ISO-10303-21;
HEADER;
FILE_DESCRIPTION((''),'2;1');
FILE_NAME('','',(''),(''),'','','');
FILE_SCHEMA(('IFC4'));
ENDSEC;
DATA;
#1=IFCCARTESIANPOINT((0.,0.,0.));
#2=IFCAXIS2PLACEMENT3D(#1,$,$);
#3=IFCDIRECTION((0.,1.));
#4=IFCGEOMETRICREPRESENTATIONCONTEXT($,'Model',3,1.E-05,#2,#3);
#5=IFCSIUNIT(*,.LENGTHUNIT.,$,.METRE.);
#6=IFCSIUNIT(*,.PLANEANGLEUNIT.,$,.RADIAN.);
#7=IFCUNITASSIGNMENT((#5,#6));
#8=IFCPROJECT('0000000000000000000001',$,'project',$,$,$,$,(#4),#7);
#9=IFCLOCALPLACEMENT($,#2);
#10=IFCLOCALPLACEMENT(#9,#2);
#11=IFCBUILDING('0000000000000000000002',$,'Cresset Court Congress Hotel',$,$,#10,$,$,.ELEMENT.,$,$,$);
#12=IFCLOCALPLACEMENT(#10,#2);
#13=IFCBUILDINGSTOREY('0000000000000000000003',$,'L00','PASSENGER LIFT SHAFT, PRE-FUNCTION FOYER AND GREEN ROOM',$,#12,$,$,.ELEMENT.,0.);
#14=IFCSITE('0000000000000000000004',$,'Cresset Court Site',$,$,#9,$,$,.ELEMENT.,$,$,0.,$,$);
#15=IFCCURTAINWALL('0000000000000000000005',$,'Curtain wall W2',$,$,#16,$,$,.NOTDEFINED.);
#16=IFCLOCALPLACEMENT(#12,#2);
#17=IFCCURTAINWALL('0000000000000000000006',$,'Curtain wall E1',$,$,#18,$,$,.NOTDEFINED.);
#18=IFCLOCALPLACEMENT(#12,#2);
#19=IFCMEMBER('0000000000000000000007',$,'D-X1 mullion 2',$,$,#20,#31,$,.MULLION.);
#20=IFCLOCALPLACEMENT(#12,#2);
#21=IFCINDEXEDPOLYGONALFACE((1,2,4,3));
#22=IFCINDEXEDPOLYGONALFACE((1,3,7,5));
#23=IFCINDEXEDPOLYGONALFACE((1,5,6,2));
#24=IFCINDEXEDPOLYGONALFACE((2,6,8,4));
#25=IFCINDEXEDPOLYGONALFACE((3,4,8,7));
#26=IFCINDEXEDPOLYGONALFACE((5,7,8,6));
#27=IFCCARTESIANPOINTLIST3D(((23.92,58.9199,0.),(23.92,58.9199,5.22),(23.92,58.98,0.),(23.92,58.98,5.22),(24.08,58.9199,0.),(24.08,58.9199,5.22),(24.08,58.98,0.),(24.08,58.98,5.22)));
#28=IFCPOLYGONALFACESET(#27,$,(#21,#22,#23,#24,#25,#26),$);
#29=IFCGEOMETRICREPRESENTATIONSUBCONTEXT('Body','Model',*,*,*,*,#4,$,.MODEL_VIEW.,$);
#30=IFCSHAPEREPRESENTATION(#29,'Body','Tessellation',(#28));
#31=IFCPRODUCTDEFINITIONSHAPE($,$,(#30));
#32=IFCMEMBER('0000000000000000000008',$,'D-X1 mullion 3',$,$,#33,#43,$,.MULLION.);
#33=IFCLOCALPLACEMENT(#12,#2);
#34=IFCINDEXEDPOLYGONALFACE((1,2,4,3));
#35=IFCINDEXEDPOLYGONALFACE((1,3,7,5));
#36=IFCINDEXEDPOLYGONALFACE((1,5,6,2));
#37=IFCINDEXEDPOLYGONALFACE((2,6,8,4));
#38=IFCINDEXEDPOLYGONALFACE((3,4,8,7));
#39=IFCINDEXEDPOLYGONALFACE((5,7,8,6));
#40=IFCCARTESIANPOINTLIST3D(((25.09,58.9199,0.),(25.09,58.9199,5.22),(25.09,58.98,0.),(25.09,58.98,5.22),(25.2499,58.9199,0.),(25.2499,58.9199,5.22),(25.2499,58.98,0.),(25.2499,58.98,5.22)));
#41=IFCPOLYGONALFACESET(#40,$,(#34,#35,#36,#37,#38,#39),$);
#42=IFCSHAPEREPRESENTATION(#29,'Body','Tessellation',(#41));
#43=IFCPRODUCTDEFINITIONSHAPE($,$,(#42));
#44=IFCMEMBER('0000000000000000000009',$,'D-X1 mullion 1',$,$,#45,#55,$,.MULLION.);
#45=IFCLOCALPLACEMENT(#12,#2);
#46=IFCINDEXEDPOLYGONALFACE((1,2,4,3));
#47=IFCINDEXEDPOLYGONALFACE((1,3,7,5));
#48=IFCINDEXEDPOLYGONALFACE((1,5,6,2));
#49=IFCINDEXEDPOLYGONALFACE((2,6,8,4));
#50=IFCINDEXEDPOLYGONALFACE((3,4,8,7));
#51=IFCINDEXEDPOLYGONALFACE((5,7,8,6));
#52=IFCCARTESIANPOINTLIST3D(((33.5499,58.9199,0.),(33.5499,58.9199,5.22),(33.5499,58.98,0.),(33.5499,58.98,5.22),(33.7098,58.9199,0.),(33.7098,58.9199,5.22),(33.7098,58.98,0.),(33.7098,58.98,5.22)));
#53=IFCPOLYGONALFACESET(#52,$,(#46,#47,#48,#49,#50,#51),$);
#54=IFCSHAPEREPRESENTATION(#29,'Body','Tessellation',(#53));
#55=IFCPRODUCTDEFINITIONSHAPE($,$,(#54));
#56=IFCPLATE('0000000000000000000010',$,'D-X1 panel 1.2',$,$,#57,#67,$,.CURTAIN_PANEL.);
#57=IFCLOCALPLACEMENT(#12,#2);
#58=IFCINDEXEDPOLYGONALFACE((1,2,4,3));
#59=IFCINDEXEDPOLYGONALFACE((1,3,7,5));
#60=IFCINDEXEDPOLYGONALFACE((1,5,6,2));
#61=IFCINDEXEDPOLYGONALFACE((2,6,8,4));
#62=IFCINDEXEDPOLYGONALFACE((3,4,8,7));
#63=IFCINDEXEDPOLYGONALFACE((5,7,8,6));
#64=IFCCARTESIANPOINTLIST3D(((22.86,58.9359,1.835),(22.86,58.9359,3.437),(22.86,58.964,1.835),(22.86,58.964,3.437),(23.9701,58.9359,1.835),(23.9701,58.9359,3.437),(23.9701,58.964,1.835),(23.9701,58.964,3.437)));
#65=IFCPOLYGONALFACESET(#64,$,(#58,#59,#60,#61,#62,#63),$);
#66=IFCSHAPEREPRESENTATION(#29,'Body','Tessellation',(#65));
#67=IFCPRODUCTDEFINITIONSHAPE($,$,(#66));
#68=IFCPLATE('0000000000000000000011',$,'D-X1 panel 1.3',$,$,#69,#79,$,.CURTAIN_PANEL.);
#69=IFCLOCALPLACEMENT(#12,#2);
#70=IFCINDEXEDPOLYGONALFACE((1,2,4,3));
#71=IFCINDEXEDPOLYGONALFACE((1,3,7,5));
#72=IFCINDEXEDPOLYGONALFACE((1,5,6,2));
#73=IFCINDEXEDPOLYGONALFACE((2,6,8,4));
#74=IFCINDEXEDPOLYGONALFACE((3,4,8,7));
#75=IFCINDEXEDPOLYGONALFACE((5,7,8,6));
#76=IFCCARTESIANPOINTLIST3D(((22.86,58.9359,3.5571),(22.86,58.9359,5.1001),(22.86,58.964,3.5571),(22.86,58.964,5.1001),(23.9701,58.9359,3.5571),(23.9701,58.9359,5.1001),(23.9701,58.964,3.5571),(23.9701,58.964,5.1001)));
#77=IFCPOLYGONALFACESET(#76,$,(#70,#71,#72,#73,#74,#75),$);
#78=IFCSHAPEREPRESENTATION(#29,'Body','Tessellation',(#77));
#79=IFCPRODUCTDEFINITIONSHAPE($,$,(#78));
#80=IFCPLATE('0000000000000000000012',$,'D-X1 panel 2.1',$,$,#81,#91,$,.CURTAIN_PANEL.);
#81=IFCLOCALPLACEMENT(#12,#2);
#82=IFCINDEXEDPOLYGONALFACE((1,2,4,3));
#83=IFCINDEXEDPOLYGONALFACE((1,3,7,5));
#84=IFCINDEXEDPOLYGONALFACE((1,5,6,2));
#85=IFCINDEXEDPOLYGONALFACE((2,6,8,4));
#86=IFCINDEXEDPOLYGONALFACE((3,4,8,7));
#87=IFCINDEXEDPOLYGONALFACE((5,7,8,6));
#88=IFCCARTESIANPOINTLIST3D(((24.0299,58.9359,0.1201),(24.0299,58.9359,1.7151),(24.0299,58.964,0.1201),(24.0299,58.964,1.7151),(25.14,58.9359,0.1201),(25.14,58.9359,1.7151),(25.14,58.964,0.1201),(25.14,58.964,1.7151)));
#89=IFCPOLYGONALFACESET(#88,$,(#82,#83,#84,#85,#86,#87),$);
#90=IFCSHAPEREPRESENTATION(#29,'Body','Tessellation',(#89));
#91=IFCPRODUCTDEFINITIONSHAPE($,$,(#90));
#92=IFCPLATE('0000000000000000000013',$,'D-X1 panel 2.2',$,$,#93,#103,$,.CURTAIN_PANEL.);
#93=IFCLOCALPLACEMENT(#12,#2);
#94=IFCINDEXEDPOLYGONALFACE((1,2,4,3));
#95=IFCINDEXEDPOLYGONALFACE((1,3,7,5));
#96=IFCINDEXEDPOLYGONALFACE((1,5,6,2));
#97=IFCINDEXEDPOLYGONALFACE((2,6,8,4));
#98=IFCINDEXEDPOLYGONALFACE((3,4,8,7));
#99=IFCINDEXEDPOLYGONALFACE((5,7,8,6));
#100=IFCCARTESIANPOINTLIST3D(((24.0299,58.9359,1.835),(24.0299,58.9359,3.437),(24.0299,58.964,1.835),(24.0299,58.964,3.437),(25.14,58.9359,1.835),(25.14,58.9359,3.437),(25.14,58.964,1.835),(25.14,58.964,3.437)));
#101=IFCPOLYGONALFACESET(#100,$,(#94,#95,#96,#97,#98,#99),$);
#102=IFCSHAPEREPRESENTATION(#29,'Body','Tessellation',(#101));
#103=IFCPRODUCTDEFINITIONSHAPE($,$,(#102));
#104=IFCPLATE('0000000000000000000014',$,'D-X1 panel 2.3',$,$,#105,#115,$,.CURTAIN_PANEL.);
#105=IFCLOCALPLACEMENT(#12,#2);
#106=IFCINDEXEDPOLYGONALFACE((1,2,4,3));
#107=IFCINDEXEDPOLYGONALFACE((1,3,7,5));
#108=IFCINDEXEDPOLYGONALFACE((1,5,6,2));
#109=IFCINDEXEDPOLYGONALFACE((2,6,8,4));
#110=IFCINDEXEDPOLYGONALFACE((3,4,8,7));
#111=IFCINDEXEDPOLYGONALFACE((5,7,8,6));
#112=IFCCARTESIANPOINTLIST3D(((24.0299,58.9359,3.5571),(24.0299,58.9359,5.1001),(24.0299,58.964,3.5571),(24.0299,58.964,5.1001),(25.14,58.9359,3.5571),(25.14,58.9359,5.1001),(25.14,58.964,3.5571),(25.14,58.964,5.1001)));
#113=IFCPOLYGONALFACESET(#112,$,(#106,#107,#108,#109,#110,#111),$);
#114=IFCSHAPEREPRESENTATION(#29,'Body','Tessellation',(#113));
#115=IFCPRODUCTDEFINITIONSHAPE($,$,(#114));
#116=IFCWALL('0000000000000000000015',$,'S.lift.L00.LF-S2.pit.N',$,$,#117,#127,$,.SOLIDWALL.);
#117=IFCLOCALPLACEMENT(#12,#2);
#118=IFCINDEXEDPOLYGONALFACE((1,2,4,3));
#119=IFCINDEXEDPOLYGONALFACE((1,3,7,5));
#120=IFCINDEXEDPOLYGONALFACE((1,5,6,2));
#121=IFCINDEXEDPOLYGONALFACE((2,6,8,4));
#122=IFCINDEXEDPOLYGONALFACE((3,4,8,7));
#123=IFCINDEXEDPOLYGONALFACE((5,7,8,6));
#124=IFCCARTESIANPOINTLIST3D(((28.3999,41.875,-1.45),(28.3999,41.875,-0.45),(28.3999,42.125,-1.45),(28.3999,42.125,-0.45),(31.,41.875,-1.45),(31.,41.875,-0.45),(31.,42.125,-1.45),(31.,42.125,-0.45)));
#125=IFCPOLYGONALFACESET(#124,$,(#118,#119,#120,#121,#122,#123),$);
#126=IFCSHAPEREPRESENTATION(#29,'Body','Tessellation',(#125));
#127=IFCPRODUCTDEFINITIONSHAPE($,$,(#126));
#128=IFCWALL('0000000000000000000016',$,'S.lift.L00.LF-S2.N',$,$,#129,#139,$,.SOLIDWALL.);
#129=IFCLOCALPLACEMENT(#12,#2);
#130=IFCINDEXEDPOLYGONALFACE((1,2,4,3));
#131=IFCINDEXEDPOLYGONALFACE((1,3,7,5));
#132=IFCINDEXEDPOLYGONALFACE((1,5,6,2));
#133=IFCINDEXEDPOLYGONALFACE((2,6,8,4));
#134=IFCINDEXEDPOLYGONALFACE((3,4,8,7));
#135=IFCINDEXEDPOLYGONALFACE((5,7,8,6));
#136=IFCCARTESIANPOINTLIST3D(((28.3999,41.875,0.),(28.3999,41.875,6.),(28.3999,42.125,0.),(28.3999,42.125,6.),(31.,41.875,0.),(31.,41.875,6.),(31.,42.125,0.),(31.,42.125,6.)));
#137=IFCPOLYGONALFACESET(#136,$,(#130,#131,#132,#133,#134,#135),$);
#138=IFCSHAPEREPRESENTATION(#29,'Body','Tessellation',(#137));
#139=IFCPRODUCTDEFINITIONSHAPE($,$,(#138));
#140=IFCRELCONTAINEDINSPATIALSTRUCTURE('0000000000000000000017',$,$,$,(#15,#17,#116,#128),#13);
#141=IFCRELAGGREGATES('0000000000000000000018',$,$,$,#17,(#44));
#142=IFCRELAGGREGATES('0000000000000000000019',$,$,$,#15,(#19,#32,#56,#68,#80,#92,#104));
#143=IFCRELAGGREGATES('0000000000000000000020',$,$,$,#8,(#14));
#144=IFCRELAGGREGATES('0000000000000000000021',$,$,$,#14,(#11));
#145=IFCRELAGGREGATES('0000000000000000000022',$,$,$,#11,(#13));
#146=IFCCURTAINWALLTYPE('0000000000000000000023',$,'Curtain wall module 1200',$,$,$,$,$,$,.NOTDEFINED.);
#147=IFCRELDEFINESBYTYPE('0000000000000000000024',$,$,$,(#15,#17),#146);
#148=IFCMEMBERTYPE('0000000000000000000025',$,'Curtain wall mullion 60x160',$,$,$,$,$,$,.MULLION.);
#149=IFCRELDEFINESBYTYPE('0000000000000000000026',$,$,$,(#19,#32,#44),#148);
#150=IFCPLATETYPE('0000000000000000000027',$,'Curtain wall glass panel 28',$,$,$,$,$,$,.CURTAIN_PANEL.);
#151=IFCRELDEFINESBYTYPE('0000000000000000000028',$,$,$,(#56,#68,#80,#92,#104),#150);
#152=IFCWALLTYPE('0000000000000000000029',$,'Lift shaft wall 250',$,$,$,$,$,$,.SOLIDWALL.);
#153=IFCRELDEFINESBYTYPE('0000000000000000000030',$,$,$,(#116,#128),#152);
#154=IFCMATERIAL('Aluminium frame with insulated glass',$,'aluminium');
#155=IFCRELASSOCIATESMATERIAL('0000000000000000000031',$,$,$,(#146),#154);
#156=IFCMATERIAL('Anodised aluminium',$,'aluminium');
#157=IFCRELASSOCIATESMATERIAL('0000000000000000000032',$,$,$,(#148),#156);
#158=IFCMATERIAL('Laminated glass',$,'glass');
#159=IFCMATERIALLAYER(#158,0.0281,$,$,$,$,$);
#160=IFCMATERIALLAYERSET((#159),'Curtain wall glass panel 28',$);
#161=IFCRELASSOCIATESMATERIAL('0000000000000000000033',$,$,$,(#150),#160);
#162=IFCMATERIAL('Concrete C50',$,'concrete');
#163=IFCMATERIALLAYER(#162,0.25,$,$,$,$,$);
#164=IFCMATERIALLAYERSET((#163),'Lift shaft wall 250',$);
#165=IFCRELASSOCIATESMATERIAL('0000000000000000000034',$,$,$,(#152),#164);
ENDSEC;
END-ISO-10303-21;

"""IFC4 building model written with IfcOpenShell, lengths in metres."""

from ifc_helpers import new_model, si_unit, direction, frame, frame_2d, origin, origin_2d, place, context, subcontext, project, spatial, rectangle, extrude, material, layer, layer_set, material_profile, profile_set, type_object, element, aggregate, save


model = new_model("IFC4")

# Units and contexts
model_context = context("Model", 3, precision=1e-05, world=origin(), true_north=direction((0.0, 1.0)))
body_context = subcontext(model_context, "Body", "Model", "MODEL_VIEW")
ifc_project = project(units=[si_unit("LENGTHUNIT", "METRE"), si_unit("PLANEANGLEUNIT", "RADIAN")], contexts=[model_context])

# Site, building, storey
site_placement = place(None, origin())
site = spatial("IfcSite", under=ifc_project, at=site_placement, Name="Cresset Court Site", CompositionType="ELEMENT", RefElevation=0.0)
building_placement = place(site_placement, origin())
building = spatial("IfcBuilding", under=site, at=building_placement, Name="Cresset Court Congress Hotel", CompositionType="ELEMENT")
storey_placement = place(building_placement, origin())
storey = spatial("IfcBuildingStorey", under=building, at=storey_placement, Name="L00", Description="PASSENGER LIFT SHAFT, PRE-FUNCTION FOYER AND GREEN ROOM", CompositionType="ELEMENT", Elevation=0.0)

# Curtain walls
ifc_material_1 = material(Name="Aluminium frame with insulated glass", Category="aluminium")
curtain_wall_type = type_object("IfcCurtainWallType", Name="Curtain wall module 1200", PredefinedType="NOTDEFINED", material=ifc_material_1)
curtain_wall_1_placement = place(storey_placement, origin())
curtain_wall_1 = element("IfcCurtainWall", 1, at=curtain_wall_1_placement, inside=storey, type_object=curtain_wall_type, Name="Curtain wall W2", PredefinedType="NOTDEFINED")
curtain_wall_2_placement = place(storey_placement, origin())
curtain_wall_2 = element("IfcCurtainWall", 2, at=curtain_wall_2_placement, inside=storey, type_object=curtain_wall_type, Name="Curtain wall E1", PredefinedType="NOTDEFINED")

# Members
ifc_material_2 = material(Name="Anodised aluminium", Category="aluminium")
ifc_material_profile_1 = material_profile(ifc_material_2, rectangle(XDim=0.0601, YDim=0.1599, at=origin_2d()), Name="AL60x160")
ifc_profile_set_1 = profile_set([ifc_material_profile_1], Name="Anodised aluminium")
member_type_1 = type_object("IfcMemberType", Name="Curtain wall mullion 60x160", PredefinedType="MULLION", material=ifc_profile_set_1)
member_1_placement = place(storey_placement, frame((24.0, 58.95, 0.0), z_axis=(0.0, 0.0, 1.0), x_axis=(0.0, 1.0, 0.0)))
member_1 = element("IfcMember", 3, at=member_1_placement, type_object=member_type_1, Name="D-X1 mullion 2", PredefinedType="MULLION", context=body_context, shape_type="SweptSolid", body=[
    extrude(rectangle(XDim=0.0601, YDim=0.1599, at=origin_2d()), origin(), (0.0, 0.0, 1.0), 5.22),
])
member_2_placement = place(storey_placement, frame((25.1699, 58.95, 0.0), z_axis=(0.0, 0.0, 1.0), x_axis=(0.0, 1.0, 0.0)))
member_2 = element("IfcMember", 4, at=member_2_placement, type_object=member_type_1, Name="D-X1 mullion 3", PredefinedType="MULLION", context=body_context, shape_type="SweptSolid", body=[
    extrude(rectangle(XDim=0.0601, YDim=0.1599, at=origin_2d()), origin(), (0.0, 0.0, 1.0), 5.22),
])
member_3_placement = place(storey_placement, frame((33.6299, 58.95, 0.0), z_axis=(0.0, 0.0, 1.0), x_axis=(0.0, 1.0, 0.0)))
member_3 = element("IfcMember", 5, at=member_3_placement, type_object=member_type_1, Name="D-X1 mullion 1", PredefinedType="MULLION", context=body_context, shape_type="SweptSolid", body=[
    extrude(rectangle(XDim=0.0601, YDim=0.1599, at=origin_2d()), origin(), (0.0, 0.0, 1.0), 5.22),
])
aggregate(curtain_wall_2, [member_3])

# Plates
ifc_material_3 = material(Name="Laminated glass", Category="glass")
ifc_layer_1 = layer(ifc_material_3, 0.0281)
ifc_layer_set_1 = layer_set([ifc_layer_1], Name="Curtain wall glass panel 28")
plate_type = type_object("IfcPlateType", Name="Curtain wall glass panel 28", PredefinedType="CURTAIN_PANEL", material=ifc_layer_set_1)
plate_1_placement = place(storey_placement, frame((23.415, 58.95, 1.835), z_axis=(0.0, 0.0, 1.0), x_axis=(1.0, 0.0, 0.0)))
plate_1 = element("IfcPlate", 6, at=plate_1_placement, type_object=plate_type, Name="D-X1 panel 1.2", PredefinedType="CURTAIN_PANEL", context=body_context, shape_type="SweptSolid", body=[
    extrude(rectangle(XDim=1.1101, YDim=0.0281, at=origin_2d()), origin(), (0.0, 0.0, 1.0), 1.6021),
])
plate_2_placement = place(storey_placement, frame((23.415, 58.95, 3.5571), z_axis=(0.0, 0.0, 1.0), x_axis=(1.0, 0.0, 0.0)))
plate_2 = element("IfcPlate", 7, at=plate_2_placement, type_object=plate_type, Name="D-X1 panel 1.3", PredefinedType="CURTAIN_PANEL", context=body_context, shape_type="SweptSolid", body=[
    extrude(rectangle(XDim=1.1101, YDim=0.0281, at=origin_2d()), origin(), (0.0, 0.0, 1.0), 1.543),
])
plate_3_placement = place(storey_placement, frame((24.585, 58.95, 0.1201), z_axis=(0.0, 0.0, 1.0), x_axis=(1.0, 0.0, 0.0)))
plate_3 = element("IfcPlate", 8, at=plate_3_placement, type_object=plate_type, Name="D-X1 panel 2.1", PredefinedType="CURTAIN_PANEL", context=body_context, shape_type="SweptSolid", body=[
    extrude(rectangle(XDim=1.1101, YDim=0.0281, at=origin_2d()), origin(), (0.0, 0.0, 1.0), 1.595),
])
plate_4_placement = place(storey_placement, frame((24.585, 58.95, 1.835), z_axis=(0.0, 0.0, 1.0), x_axis=(1.0, 0.0, 0.0)))
plate_4 = element("IfcPlate", 9, at=plate_4_placement, type_object=plate_type, Name="D-X1 panel 2.2", PredefinedType="CURTAIN_PANEL", context=body_context, shape_type="SweptSolid", body=[
    extrude(rectangle(XDim=1.1101, YDim=0.0281, at=origin_2d()), origin(), (0.0, 0.0, 1.0), 1.6021),
])
plate_5_placement = place(storey_placement, frame((24.585, 58.95, 3.5571), z_axis=(0.0, 0.0, 1.0), x_axis=(1.0, 0.0, 0.0)))
plate_5 = element("IfcPlate", 10, at=plate_5_placement, type_object=plate_type, Name="D-X1 panel 2.3", PredefinedType="CURTAIN_PANEL", context=body_context, shape_type="SweptSolid", body=[
    extrude(rectangle(XDim=1.1101, YDim=0.0281, at=origin_2d()), origin(), (0.0, 0.0, 1.0), 1.543),
])
aggregate(curtain_wall_1, [member_1, member_2, plate_1, plate_2, plate_3, plate_4, plate_5])

# Walls
ifc_material_4 = material(Name="Concrete C50", Category="concrete")
ifc_layer_2 = layer(ifc_material_4, 0.25)
ifc_layer_set_2 = layer_set([ifc_layer_2], Name="Lift shaft wall 250")
wall_type = type_object("IfcWallType", Name="Lift shaft wall 250", PredefinedType="SOLIDWALL", material=ifc_layer_set_2)
wall_1_placement = place(storey_placement, frame((28.3999, 42.0, -1.45), z_axis=(0.0, 0.0, 1.0), x_axis=(1.0, 0.0, 0.0)))
element("IfcWall", 11, at=wall_1_placement, inside=storey, type_object=wall_type, Name="S.lift.L00.LF-S2.pit.N", PredefinedType="SOLIDWALL", context=body_context, shape_type="SweptSolid", body=[
    extrude(rectangle(XDim=2.6001, YDim=0.25, at=frame_2d((1.3, 0.0))), origin(), (0.0, 0.0, 1.0), 1.0),
])
wall_2_placement = place(storey_placement, frame((28.3999, 42.0, 0.0), z_axis=(0.0, 0.0, 1.0), x_axis=(1.0, 0.0, 0.0)))
element("IfcWall", 12, at=wall_2_placement, inside=storey, type_object=wall_type, Name="S.lift.L00.LF-S2.N", PredefinedType="SOLIDWALL", context=body_context, shape_type="SweptSolid", body=[
    extrude(rectangle(XDim=2.6001, YDim=0.25, at=frame_2d((1.3, 0.0))), origin(), (0.0, 0.0, 1.0), 6.0),
])

save(model, "model.ifc")
